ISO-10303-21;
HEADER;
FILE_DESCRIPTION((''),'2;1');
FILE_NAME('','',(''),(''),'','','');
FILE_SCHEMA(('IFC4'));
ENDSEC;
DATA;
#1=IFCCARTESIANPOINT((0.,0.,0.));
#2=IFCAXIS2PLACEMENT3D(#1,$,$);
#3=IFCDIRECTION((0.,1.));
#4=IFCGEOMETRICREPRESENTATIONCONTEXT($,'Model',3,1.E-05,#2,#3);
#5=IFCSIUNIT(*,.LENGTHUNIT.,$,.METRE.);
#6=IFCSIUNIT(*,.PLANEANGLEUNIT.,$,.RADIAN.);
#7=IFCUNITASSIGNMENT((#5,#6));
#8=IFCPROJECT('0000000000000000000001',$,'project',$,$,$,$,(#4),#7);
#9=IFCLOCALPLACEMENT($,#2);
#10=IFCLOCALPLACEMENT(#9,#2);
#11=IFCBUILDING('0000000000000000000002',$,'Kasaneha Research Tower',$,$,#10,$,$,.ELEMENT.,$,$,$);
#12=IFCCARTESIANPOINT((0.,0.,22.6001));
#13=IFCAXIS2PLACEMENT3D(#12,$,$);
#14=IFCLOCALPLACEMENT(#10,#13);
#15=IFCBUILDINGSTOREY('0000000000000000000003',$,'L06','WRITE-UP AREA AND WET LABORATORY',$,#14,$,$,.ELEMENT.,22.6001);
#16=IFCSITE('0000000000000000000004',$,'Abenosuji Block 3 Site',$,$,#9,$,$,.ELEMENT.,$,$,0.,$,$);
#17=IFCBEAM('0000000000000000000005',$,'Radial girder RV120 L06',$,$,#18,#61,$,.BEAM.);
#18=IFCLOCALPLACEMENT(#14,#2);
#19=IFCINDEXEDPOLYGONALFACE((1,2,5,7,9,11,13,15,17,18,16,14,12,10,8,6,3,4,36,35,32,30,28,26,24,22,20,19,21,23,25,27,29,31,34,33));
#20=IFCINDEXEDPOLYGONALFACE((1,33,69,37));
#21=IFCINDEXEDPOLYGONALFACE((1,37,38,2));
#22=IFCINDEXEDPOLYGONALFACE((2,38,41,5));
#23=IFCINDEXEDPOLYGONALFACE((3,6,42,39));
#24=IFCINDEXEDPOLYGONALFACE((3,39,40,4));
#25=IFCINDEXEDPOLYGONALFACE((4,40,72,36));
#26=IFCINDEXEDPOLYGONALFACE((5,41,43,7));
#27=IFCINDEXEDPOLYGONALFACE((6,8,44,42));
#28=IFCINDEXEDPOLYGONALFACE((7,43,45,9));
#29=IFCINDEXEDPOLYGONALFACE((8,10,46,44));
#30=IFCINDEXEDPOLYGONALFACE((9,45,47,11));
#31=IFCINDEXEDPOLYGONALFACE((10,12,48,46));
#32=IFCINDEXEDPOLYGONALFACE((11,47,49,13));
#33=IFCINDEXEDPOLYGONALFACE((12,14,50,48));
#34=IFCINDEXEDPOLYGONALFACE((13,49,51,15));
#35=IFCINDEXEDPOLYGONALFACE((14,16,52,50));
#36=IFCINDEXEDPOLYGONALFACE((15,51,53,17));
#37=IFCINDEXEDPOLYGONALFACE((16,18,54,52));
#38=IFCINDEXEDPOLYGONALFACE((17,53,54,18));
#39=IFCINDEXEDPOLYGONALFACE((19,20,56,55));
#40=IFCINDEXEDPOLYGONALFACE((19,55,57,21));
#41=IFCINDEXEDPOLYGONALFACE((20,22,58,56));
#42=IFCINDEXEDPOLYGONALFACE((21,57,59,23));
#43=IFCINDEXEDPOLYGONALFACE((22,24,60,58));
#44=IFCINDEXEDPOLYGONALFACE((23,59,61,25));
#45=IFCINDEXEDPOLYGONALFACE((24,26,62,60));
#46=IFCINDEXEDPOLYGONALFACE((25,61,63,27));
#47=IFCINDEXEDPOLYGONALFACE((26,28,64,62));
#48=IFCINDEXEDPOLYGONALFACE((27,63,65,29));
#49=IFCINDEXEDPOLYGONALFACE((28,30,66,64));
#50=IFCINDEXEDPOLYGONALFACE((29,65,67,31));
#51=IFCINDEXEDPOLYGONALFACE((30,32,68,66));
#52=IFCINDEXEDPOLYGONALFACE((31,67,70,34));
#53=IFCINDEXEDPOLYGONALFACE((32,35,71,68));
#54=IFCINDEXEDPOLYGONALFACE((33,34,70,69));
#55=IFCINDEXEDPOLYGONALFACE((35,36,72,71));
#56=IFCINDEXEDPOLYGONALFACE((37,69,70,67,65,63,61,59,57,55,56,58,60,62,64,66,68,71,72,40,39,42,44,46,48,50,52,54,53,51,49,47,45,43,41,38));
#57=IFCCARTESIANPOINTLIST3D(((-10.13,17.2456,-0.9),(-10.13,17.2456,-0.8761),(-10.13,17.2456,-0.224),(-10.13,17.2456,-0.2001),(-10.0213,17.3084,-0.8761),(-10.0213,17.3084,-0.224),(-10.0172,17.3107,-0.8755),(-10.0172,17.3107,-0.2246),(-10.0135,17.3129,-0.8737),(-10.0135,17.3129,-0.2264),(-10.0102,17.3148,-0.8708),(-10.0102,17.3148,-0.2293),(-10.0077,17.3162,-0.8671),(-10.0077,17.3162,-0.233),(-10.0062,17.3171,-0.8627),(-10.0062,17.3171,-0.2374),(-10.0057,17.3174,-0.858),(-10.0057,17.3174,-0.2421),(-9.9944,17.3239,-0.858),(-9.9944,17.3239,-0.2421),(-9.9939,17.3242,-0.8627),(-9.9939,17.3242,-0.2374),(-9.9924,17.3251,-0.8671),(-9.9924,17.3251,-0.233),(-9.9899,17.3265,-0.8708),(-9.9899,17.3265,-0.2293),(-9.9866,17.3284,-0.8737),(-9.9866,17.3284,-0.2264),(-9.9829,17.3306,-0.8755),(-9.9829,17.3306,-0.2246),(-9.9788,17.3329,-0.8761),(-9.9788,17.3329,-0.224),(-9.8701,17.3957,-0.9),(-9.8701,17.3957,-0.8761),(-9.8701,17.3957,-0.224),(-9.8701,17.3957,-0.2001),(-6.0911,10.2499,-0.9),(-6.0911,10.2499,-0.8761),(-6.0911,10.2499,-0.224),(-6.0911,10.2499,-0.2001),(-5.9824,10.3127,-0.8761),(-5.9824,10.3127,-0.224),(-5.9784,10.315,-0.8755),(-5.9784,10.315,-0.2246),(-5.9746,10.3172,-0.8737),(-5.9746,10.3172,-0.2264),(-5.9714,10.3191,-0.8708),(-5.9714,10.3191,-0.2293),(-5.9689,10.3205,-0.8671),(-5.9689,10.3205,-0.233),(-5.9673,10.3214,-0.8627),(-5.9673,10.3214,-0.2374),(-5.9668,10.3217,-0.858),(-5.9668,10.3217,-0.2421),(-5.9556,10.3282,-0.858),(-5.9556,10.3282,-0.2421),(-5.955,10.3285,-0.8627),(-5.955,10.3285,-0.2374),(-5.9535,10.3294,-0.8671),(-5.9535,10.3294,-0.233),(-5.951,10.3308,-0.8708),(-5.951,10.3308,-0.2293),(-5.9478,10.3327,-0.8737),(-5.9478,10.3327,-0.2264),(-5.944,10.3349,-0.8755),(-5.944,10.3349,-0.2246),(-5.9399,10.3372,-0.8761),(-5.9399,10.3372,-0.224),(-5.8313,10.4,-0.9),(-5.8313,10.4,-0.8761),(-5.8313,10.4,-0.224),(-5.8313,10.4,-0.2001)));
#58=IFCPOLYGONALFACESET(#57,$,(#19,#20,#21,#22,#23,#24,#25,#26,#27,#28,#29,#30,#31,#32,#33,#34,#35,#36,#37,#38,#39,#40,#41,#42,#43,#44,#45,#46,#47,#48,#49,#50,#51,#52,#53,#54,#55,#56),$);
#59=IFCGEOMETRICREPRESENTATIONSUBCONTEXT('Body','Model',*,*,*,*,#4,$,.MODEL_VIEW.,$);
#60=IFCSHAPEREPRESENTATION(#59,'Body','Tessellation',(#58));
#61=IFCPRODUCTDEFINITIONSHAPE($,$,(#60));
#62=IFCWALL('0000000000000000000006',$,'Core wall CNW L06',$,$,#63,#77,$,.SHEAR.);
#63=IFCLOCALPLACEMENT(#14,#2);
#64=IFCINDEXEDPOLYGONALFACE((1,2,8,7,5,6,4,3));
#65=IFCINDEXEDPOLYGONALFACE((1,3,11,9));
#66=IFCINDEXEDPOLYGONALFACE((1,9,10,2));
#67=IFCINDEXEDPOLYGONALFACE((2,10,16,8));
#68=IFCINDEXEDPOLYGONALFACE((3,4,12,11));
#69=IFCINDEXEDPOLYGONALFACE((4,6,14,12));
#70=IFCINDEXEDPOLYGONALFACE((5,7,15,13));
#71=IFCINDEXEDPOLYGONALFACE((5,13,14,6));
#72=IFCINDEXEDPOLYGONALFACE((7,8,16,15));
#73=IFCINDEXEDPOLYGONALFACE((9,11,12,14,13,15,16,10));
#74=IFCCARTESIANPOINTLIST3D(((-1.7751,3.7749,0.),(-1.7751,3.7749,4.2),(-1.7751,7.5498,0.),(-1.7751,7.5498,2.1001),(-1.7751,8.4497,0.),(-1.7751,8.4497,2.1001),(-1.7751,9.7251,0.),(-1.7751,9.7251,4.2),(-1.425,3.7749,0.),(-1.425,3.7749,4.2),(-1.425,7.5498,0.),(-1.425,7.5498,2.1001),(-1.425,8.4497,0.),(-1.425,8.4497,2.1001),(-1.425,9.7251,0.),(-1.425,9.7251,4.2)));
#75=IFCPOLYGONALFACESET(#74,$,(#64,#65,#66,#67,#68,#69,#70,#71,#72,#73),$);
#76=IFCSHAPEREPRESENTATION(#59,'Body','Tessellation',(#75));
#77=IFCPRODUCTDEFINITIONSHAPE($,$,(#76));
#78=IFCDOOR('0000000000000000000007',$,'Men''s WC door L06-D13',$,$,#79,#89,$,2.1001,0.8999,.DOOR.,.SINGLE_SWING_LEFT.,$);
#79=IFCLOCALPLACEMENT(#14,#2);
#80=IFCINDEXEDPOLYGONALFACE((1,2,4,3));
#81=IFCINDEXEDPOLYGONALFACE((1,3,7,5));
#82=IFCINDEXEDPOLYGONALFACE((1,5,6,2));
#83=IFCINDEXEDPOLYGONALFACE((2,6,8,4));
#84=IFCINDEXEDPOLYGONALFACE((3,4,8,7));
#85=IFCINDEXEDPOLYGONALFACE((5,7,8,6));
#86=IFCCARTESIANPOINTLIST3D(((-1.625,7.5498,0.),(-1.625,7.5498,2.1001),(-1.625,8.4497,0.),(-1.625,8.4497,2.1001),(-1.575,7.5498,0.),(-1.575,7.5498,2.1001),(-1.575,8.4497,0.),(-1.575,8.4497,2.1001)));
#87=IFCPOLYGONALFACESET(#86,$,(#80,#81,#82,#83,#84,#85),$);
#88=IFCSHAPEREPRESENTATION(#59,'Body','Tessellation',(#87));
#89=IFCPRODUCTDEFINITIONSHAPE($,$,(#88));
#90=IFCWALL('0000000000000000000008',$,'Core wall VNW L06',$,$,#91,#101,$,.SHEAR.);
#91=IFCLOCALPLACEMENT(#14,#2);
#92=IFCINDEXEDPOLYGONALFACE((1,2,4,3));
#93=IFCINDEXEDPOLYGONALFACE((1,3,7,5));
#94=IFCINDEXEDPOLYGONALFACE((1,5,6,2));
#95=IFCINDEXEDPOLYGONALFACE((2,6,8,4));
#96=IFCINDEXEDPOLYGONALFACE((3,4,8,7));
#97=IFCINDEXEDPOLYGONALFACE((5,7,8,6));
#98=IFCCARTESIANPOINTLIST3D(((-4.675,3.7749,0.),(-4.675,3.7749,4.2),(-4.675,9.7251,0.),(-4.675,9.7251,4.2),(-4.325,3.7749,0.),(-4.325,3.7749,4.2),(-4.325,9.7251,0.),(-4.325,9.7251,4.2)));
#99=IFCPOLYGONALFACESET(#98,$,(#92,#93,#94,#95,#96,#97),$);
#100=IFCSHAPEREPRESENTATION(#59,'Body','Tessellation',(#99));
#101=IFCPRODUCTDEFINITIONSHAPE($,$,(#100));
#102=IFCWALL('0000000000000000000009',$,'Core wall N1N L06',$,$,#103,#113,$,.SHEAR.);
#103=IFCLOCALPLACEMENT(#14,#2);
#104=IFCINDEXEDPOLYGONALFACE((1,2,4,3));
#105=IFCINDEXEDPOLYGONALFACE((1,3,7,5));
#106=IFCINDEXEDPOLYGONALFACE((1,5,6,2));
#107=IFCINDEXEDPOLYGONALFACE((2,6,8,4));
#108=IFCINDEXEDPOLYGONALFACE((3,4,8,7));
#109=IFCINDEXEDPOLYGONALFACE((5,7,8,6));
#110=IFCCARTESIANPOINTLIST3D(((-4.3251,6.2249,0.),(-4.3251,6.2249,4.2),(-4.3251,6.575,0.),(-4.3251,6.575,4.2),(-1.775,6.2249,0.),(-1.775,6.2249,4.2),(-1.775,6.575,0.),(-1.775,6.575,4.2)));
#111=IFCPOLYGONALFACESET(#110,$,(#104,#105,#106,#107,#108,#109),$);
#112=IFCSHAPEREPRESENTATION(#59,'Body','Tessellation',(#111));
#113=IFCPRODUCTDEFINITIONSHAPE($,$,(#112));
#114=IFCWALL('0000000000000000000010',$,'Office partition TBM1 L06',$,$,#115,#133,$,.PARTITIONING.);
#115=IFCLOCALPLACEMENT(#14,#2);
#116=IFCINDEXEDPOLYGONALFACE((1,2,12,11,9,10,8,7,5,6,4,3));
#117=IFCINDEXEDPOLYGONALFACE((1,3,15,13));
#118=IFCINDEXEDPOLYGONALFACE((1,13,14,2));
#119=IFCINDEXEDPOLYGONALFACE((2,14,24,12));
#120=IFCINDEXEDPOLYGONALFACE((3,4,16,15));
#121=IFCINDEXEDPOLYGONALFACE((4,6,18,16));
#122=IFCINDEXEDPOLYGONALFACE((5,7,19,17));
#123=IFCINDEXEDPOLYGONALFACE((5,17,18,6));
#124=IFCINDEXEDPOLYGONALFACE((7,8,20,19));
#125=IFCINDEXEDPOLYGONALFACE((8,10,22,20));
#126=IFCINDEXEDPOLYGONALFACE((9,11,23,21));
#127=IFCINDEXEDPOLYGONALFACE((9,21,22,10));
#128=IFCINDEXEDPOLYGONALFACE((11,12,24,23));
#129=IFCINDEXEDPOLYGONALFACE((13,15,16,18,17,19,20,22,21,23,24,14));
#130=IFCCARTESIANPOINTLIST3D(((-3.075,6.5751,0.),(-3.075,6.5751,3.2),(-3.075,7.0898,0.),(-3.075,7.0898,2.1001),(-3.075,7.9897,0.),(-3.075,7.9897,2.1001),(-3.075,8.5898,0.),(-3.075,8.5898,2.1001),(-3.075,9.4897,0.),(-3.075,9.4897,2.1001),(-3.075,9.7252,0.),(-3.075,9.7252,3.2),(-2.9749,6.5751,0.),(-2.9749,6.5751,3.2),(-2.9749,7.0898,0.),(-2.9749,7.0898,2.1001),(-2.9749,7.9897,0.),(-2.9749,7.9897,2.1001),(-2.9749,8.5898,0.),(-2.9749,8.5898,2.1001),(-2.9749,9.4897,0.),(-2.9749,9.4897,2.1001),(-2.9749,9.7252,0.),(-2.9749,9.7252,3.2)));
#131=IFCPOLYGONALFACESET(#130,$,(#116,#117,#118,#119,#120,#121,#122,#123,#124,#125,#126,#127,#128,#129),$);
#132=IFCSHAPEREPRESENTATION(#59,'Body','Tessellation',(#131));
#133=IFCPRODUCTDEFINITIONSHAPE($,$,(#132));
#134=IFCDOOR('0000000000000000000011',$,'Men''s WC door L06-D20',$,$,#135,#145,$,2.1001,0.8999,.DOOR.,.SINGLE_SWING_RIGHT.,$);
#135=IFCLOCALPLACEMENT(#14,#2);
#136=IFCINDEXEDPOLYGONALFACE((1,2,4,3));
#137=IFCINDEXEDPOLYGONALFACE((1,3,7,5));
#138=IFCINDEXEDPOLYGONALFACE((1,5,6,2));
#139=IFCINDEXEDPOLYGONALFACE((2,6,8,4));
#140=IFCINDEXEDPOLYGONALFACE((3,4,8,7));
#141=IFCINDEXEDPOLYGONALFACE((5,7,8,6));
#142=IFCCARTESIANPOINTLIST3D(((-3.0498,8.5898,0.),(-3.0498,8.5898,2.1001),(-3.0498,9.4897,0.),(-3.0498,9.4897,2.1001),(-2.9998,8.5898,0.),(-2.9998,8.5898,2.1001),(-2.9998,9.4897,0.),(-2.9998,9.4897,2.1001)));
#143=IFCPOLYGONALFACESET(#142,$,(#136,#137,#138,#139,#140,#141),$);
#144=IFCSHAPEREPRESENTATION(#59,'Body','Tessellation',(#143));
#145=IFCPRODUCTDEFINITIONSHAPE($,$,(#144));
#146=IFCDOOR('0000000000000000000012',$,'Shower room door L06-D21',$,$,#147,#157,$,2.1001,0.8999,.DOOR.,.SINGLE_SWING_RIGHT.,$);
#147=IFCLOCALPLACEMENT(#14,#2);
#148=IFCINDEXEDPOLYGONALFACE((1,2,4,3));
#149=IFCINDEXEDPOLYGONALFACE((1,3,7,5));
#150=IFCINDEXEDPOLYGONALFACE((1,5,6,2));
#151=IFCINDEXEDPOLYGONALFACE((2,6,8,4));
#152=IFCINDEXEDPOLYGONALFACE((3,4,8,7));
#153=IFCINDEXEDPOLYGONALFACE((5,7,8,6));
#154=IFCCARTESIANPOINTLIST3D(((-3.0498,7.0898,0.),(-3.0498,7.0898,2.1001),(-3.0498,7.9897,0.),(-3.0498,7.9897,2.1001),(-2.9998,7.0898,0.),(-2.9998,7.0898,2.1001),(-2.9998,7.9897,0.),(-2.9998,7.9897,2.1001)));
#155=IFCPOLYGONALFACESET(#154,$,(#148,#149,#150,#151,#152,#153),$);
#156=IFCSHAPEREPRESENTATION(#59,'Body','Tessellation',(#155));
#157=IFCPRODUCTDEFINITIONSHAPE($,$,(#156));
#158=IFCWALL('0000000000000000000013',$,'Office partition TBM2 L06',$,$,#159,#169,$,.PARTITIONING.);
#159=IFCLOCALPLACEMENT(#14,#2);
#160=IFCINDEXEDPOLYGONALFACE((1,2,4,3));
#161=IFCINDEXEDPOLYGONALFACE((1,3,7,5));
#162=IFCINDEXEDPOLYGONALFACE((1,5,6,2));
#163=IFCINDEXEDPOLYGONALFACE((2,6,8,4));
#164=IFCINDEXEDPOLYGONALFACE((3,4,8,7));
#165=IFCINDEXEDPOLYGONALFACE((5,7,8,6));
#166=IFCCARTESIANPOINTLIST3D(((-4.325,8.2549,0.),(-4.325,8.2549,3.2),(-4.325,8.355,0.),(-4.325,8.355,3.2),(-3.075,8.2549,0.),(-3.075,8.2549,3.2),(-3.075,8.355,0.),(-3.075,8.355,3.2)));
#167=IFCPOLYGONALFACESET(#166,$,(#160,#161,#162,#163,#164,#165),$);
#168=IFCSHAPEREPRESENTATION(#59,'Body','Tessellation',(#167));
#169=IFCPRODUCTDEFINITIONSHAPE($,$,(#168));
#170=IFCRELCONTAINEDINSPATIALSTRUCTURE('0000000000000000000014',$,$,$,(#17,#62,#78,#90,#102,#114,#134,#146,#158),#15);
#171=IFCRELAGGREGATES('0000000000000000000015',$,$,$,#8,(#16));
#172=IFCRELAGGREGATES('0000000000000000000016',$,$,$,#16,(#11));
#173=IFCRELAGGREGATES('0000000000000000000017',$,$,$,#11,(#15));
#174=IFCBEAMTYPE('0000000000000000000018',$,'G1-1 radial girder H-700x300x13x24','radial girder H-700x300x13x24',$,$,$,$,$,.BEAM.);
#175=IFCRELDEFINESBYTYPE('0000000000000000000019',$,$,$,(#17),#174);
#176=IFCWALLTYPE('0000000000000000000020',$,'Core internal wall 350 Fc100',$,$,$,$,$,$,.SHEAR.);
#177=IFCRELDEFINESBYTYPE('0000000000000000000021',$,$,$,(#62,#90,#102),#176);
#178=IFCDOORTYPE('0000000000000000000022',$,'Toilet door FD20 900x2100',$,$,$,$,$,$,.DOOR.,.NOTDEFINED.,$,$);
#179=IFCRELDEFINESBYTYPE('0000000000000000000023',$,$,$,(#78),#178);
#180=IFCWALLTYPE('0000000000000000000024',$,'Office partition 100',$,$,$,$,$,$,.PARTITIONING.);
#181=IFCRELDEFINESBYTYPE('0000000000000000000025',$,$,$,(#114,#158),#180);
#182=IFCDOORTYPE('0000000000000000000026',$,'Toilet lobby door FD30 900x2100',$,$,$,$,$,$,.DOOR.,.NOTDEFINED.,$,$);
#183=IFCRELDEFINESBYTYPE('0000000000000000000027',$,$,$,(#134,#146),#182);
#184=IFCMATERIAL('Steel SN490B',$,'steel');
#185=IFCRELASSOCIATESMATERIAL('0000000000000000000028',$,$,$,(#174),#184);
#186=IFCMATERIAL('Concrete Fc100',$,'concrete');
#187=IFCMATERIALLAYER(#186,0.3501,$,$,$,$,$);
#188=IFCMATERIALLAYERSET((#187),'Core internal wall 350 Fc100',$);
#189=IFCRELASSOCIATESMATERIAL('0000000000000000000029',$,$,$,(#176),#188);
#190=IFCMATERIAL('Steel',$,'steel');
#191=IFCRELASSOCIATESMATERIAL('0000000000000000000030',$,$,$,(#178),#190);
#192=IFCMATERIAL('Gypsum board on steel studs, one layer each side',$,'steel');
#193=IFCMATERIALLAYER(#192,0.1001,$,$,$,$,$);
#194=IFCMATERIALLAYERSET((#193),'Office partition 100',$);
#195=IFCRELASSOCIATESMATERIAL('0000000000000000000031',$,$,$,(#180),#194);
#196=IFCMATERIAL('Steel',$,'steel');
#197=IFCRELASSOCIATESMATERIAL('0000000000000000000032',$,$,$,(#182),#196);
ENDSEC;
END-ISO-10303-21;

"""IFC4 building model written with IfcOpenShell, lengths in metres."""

from ifc_helpers import new_model, si_unit, direction, frame, frame_2d, origin, origin_2d, place, context, subcontext, project, spatial, rectangle, i_section, extrude, material, layer, layer_set, material_profile, profile_set, type_object, element, fill, save


model = new_model("IFC4")

# Units and contexts
model_context = context("Model", 3, precision=1e-05, world=origin(), true_north=direction((0.0, 1.0)))
body_context = subcontext(model_context, "Body", "Model", "MODEL_VIEW")
ifc_project = project(units=[si_unit("LENGTHUNIT", "METRE"), si_unit("PLANEANGLEUNIT", "RADIAN")], contexts=[model_context])

# Site, building, storey
site_placement = place(None, origin())
site = spatial("IfcSite", under=ifc_project, at=site_placement, Name="Abenosuji Block 3 Site", CompositionType="ELEMENT", RefElevation=0.0)
building_placement = place(site_placement, origin())
building = spatial("IfcBuilding", under=site, at=building_placement, Name="Kasaneha Research Tower", CompositionType="ELEMENT")
storey_placement = place(building_placement, frame((0.0, 0.0, 22.6001)))
storey = spatial("IfcBuildingStorey", under=building, at=storey_placement, Name="L06", Description="WRITE-UP AREA AND WET LABORATORY", CompositionType="ELEMENT", Elevation=22.6001)

# Beam
ifc_material_1 = material(Name="Steel SN490B", Category="steel")
ifc_material_profile = material_profile(ifc_material_1, i_section(OverallWidth=0.3, OverallDepth=0.7, WebThickness=0.0129, FlangeThickness=0.0239, FilletRadius=0.0181, at=origin_2d()), Name="H-700x300x13x24")
ifc_profile_set = profile_set([ifc_material_profile], Name="Steel SN490B")
beam_type = type_object("IfcBeamType", Name="G1-1 radial girder H-700x300x13x24", Description="radial girder H-700x300x13x24", PredefinedType="BEAM", material=ifc_profile_set)
beam_placement = place(storey_placement, frame((-5.9612, 10.325, -0.55), z_axis=(-0.499991, 0.866031, 0.0), x_axis=(-0.866031, -0.499991, 0.0)))
element("IfcBeam", 1, at=beam_placement, inside=storey, type_object=beam_type, Name="Radial girder RV120 L06", PredefinedType="BEAM", context=body_context, shape_type="SweptSolid", body=[
    extrude(i_section(OverallWidth=0.3, OverallDepth=0.7, WebThickness=0.0129, FlangeThickness=0.0239, FilletRadius=0.0181, at=origin_2d()), origin(), (0.0, 0.0, 1.0), 8.0779),
])

# Wall, opening, door
ifc_material_2 = material(Name="Concrete Fc100", Category="concrete")
ifc_layer_1 = layer(ifc_material_2, 0.3501)
ifc_layer_set_1 = layer_set([ifc_layer_1], Name="Core internal wall 350 Fc100")
wall_type_1 = type_object("IfcWallType", Name="Core internal wall 350 Fc100", PredefinedType="SHEAR", material=ifc_layer_set_1)
wall_1_placement = place(storey_placement, frame((-1.6001, 3.7749, 0.0), z_axis=(0.0, 0.0, 1.0), x_axis=(0.0, 1.0, 0.0)))
wall_1 = element("IfcWall", 2, at=wall_1_placement, inside=storey, type_object=wall_type_1, Name="Core wall CNW L06", PredefinedType="SHEAR", context=body_context, shape_type="SweptSolid", body=[
    extrude(rectangle(XDim=5.9502, YDim=0.3501, at=frame_2d((2.9751, 0.0))), origin(), (0.0, 0.0, 1.0), 4.2),
])
opening_1_placement = place(wall_1_placement, frame((3.7749, 0.0, 0.0)))
opening_1 = element("IfcOpeningElement", 3, at=opening_1_placement, cuts=wall_1, PredefinedType="OPENING", context=body_context, shape_type="SweptSolid", body=[
    extrude(rectangle(XDim=0.8999, YDim=2.1001, at=frame_2d((0.45, 1.05))), frame((0.0, 0.1851, 0.0), z_axis=(0.0, -1.0, 0.0), x_axis=(1.0, 0.0, 0.0)), (0.0, 0.0, 1.0), 0.3701),
])
ifc_material_3 = material(Name="Steel", Category="steel")
door_type_1 = type_object("IfcDoorType", Name="Toilet door FD20 900x2100", OperationType="NOTDEFINED", PredefinedType="DOOR", material=ifc_material_3)
door_1_placement = place(opening_1_placement, origin())
door_1 = element("IfcDoor", 4, at=door_1_placement, inside=storey, type_object=door_type_1, Name="Men's WC door L06-D13", OperationType="SINGLE_SWING_LEFT", OverallHeight=2.1001, OverallWidth=0.8999, PredefinedType="DOOR", context=body_context, shape_type="SweptSolid", body=[
    extrude(rectangle(XDim=0.8999, YDim=2.1001, at=frame_2d((0.45, 1.05))), frame((0.0, 0.0249, 0.0), z_axis=(0.0, -1.0, 0.0), x_axis=(1.0, 0.0, 0.0)), (0.0, 0.0, 1.0), 0.05),
])
fill(opening_1, door_1)

# Walls
wall_2_placement = place(storey_placement, frame((-4.5, 3.7749, 0.0), z_axis=(0.0, 0.0, 1.0), x_axis=(0.0, 1.0, 0.0)))
element("IfcWall", 5, at=wall_2_placement, inside=storey, type_object=wall_type_1, Name="Core wall VNW L06", PredefinedType="SHEAR", context=body_context, shape_type="SweptSolid", body=[
    extrude(rectangle(XDim=5.9502, YDim=0.3501, at=frame_2d((2.9751, 0.0))), origin(), (0.0, 0.0, 1.0), 4.2),
])
wall_3_placement = place(storey_placement, frame((-4.325, 6.3999, 0.0), z_axis=(0.0, 0.0, 1.0), x_axis=(1.0, 0.0, 0.0)))
element("IfcWall", 6, at=wall_3_placement, inside=storey, type_object=wall_type_1, Name="Core wall N1N L06", PredefinedType="SHEAR", context=body_context, shape_type="SweptSolid", body=[
    extrude(rectangle(XDim=2.55, YDim=0.3501, at=frame_2d((1.2749, 0.0))), origin(), (0.0, 0.0, 1.0), 4.2),
])

# Wall, openings, doors
ifc_material_4 = material(Name="Gypsum board on steel studs, one layer each side", Category="steel")
ifc_layer_2 = layer(ifc_material_4, 0.1001)
ifc_layer_set_2 = layer_set([ifc_layer_2], Name="Office partition 100")
wall_type_2 = type_object("IfcWallType", Name="Office partition 100", PredefinedType="PARTITIONING", material=ifc_layer_set_2)
wall_4_placement = place(storey_placement, frame((-3.0249, 6.575, 0.0), z_axis=(0.0, 0.0, 1.0), x_axis=(0.0, 1.0, 0.0)))
wall_4 = element("IfcWall", 7, at=wall_4_placement, inside=storey, type_object=wall_type_2, Name="Office partition TBM1 L06", PredefinedType="PARTITIONING", context=body_context, shape_type="SweptSolid", body=[
    extrude(rectangle(XDim=3.1501, YDim=0.1001, at=frame_2d((1.5752, 0.0))), origin(), (0.0, 0.0, 1.0), 3.2),
])
opening_2_placement = place(wall_4_placement, frame((2.0149, 0.0, 0.0)))
opening_2 = element("IfcOpeningElement", 8, at=opening_2_placement, cuts=wall_4, PredefinedType="OPENING", context=body_context, shape_type="SweptSolid", body=[
    extrude(rectangle(XDim=0.8999, YDim=2.1001, at=frame_2d((0.45, 1.05))), frame((0.0, 0.0601, 0.0), z_axis=(0.0, -1.0, 0.0), x_axis=(1.0, 0.0, 0.0)), (0.0, 0.0, 1.0), 0.1201),
])
opening_3_placement = place(wall_4_placement, frame((0.5149, 0.0, 0.0)))
opening_3 = element("IfcOpeningElement", 9, at=opening_3_placement, cuts=wall_4, PredefinedType="OPENING", context=body_context, shape_type="SweptSolid", body=[
    extrude(rectangle(XDim=0.8999, YDim=2.1001, at=frame_2d((0.45, 1.05))), frame((0.0, 0.0601, 0.0), z_axis=(0.0, -1.0, 0.0), x_axis=(1.0, 0.0, 0.0)), (0.0, 0.0, 1.0), 0.1201),
])
ifc_material_5 = material(Name="Steel", Category="steel")
door_type_2 = type_object("IfcDoorType", Name="Toilet lobby door FD30 900x2100", OperationType="NOTDEFINED", PredefinedType="DOOR", material=ifc_material_5)
door_2_placement = place(opening_2_placement, origin())
door_2 = element("IfcDoor", 10, at=door_2_placement, inside=storey, type_object=door_type_2, Name="Men's WC door L06-D20", OperationType="SINGLE_SWING_RIGHT", OverallHeight=2.1001, OverallWidth=0.8999, PredefinedType="DOOR", context=body_context, shape_type="SweptSolid", body=[
    extrude(rectangle(XDim=0.8999, YDim=2.1001, at=frame_2d((0.45, 1.05))), frame((0.0, 0.0249, 0.0), z_axis=(0.0, -1.0, 0.0), x_axis=(1.0, 0.0, 0.0)), (0.0, 0.0, 1.0), 0.05),
])
fill(opening_2, door_2)
door_3_placement = place(opening_3_placement, origin())
door_3 = element("IfcDoor", 11, at=door_3_placement, inside=storey, type_object=door_type_2, Name="Shower room door L06-D21", OperationType="SINGLE_SWING_RIGHT", OverallHeight=2.1001, OverallWidth=0.8999, PredefinedType="DOOR", context=body_context, shape_type="SweptSolid", body=[
    extrude(rectangle(XDim=0.8999, YDim=2.1001, at=frame_2d((0.45, 1.05))), frame((0.0, 0.0249, 0.0), z_axis=(0.0, -1.0, 0.0), x_axis=(1.0, 0.0, 0.0)), (0.0, 0.0, 1.0), 0.05),
])
fill(opening_3, door_3)

# Wall
wall_5_placement = place(storey_placement, frame((-3.075, 8.3049, 0.0), z_axis=(0.0, 0.0, 1.0), x_axis=(-1.0, 0.0, 0.0)))
element("IfcWall", 12, at=wall_5_placement, inside=storey, type_object=wall_type_2, Name="Office partition TBM2 L06", PredefinedType="PARTITIONING", context=body_context, shape_type="SweptSolid", body=[
    extrude(rectangle(XDim=1.25, YDim=0.1001, at=frame_2d((0.625, 0.0))), origin(), (0.0, 0.0, 1.0), 3.2),
])

save(model, "model.ifc")
